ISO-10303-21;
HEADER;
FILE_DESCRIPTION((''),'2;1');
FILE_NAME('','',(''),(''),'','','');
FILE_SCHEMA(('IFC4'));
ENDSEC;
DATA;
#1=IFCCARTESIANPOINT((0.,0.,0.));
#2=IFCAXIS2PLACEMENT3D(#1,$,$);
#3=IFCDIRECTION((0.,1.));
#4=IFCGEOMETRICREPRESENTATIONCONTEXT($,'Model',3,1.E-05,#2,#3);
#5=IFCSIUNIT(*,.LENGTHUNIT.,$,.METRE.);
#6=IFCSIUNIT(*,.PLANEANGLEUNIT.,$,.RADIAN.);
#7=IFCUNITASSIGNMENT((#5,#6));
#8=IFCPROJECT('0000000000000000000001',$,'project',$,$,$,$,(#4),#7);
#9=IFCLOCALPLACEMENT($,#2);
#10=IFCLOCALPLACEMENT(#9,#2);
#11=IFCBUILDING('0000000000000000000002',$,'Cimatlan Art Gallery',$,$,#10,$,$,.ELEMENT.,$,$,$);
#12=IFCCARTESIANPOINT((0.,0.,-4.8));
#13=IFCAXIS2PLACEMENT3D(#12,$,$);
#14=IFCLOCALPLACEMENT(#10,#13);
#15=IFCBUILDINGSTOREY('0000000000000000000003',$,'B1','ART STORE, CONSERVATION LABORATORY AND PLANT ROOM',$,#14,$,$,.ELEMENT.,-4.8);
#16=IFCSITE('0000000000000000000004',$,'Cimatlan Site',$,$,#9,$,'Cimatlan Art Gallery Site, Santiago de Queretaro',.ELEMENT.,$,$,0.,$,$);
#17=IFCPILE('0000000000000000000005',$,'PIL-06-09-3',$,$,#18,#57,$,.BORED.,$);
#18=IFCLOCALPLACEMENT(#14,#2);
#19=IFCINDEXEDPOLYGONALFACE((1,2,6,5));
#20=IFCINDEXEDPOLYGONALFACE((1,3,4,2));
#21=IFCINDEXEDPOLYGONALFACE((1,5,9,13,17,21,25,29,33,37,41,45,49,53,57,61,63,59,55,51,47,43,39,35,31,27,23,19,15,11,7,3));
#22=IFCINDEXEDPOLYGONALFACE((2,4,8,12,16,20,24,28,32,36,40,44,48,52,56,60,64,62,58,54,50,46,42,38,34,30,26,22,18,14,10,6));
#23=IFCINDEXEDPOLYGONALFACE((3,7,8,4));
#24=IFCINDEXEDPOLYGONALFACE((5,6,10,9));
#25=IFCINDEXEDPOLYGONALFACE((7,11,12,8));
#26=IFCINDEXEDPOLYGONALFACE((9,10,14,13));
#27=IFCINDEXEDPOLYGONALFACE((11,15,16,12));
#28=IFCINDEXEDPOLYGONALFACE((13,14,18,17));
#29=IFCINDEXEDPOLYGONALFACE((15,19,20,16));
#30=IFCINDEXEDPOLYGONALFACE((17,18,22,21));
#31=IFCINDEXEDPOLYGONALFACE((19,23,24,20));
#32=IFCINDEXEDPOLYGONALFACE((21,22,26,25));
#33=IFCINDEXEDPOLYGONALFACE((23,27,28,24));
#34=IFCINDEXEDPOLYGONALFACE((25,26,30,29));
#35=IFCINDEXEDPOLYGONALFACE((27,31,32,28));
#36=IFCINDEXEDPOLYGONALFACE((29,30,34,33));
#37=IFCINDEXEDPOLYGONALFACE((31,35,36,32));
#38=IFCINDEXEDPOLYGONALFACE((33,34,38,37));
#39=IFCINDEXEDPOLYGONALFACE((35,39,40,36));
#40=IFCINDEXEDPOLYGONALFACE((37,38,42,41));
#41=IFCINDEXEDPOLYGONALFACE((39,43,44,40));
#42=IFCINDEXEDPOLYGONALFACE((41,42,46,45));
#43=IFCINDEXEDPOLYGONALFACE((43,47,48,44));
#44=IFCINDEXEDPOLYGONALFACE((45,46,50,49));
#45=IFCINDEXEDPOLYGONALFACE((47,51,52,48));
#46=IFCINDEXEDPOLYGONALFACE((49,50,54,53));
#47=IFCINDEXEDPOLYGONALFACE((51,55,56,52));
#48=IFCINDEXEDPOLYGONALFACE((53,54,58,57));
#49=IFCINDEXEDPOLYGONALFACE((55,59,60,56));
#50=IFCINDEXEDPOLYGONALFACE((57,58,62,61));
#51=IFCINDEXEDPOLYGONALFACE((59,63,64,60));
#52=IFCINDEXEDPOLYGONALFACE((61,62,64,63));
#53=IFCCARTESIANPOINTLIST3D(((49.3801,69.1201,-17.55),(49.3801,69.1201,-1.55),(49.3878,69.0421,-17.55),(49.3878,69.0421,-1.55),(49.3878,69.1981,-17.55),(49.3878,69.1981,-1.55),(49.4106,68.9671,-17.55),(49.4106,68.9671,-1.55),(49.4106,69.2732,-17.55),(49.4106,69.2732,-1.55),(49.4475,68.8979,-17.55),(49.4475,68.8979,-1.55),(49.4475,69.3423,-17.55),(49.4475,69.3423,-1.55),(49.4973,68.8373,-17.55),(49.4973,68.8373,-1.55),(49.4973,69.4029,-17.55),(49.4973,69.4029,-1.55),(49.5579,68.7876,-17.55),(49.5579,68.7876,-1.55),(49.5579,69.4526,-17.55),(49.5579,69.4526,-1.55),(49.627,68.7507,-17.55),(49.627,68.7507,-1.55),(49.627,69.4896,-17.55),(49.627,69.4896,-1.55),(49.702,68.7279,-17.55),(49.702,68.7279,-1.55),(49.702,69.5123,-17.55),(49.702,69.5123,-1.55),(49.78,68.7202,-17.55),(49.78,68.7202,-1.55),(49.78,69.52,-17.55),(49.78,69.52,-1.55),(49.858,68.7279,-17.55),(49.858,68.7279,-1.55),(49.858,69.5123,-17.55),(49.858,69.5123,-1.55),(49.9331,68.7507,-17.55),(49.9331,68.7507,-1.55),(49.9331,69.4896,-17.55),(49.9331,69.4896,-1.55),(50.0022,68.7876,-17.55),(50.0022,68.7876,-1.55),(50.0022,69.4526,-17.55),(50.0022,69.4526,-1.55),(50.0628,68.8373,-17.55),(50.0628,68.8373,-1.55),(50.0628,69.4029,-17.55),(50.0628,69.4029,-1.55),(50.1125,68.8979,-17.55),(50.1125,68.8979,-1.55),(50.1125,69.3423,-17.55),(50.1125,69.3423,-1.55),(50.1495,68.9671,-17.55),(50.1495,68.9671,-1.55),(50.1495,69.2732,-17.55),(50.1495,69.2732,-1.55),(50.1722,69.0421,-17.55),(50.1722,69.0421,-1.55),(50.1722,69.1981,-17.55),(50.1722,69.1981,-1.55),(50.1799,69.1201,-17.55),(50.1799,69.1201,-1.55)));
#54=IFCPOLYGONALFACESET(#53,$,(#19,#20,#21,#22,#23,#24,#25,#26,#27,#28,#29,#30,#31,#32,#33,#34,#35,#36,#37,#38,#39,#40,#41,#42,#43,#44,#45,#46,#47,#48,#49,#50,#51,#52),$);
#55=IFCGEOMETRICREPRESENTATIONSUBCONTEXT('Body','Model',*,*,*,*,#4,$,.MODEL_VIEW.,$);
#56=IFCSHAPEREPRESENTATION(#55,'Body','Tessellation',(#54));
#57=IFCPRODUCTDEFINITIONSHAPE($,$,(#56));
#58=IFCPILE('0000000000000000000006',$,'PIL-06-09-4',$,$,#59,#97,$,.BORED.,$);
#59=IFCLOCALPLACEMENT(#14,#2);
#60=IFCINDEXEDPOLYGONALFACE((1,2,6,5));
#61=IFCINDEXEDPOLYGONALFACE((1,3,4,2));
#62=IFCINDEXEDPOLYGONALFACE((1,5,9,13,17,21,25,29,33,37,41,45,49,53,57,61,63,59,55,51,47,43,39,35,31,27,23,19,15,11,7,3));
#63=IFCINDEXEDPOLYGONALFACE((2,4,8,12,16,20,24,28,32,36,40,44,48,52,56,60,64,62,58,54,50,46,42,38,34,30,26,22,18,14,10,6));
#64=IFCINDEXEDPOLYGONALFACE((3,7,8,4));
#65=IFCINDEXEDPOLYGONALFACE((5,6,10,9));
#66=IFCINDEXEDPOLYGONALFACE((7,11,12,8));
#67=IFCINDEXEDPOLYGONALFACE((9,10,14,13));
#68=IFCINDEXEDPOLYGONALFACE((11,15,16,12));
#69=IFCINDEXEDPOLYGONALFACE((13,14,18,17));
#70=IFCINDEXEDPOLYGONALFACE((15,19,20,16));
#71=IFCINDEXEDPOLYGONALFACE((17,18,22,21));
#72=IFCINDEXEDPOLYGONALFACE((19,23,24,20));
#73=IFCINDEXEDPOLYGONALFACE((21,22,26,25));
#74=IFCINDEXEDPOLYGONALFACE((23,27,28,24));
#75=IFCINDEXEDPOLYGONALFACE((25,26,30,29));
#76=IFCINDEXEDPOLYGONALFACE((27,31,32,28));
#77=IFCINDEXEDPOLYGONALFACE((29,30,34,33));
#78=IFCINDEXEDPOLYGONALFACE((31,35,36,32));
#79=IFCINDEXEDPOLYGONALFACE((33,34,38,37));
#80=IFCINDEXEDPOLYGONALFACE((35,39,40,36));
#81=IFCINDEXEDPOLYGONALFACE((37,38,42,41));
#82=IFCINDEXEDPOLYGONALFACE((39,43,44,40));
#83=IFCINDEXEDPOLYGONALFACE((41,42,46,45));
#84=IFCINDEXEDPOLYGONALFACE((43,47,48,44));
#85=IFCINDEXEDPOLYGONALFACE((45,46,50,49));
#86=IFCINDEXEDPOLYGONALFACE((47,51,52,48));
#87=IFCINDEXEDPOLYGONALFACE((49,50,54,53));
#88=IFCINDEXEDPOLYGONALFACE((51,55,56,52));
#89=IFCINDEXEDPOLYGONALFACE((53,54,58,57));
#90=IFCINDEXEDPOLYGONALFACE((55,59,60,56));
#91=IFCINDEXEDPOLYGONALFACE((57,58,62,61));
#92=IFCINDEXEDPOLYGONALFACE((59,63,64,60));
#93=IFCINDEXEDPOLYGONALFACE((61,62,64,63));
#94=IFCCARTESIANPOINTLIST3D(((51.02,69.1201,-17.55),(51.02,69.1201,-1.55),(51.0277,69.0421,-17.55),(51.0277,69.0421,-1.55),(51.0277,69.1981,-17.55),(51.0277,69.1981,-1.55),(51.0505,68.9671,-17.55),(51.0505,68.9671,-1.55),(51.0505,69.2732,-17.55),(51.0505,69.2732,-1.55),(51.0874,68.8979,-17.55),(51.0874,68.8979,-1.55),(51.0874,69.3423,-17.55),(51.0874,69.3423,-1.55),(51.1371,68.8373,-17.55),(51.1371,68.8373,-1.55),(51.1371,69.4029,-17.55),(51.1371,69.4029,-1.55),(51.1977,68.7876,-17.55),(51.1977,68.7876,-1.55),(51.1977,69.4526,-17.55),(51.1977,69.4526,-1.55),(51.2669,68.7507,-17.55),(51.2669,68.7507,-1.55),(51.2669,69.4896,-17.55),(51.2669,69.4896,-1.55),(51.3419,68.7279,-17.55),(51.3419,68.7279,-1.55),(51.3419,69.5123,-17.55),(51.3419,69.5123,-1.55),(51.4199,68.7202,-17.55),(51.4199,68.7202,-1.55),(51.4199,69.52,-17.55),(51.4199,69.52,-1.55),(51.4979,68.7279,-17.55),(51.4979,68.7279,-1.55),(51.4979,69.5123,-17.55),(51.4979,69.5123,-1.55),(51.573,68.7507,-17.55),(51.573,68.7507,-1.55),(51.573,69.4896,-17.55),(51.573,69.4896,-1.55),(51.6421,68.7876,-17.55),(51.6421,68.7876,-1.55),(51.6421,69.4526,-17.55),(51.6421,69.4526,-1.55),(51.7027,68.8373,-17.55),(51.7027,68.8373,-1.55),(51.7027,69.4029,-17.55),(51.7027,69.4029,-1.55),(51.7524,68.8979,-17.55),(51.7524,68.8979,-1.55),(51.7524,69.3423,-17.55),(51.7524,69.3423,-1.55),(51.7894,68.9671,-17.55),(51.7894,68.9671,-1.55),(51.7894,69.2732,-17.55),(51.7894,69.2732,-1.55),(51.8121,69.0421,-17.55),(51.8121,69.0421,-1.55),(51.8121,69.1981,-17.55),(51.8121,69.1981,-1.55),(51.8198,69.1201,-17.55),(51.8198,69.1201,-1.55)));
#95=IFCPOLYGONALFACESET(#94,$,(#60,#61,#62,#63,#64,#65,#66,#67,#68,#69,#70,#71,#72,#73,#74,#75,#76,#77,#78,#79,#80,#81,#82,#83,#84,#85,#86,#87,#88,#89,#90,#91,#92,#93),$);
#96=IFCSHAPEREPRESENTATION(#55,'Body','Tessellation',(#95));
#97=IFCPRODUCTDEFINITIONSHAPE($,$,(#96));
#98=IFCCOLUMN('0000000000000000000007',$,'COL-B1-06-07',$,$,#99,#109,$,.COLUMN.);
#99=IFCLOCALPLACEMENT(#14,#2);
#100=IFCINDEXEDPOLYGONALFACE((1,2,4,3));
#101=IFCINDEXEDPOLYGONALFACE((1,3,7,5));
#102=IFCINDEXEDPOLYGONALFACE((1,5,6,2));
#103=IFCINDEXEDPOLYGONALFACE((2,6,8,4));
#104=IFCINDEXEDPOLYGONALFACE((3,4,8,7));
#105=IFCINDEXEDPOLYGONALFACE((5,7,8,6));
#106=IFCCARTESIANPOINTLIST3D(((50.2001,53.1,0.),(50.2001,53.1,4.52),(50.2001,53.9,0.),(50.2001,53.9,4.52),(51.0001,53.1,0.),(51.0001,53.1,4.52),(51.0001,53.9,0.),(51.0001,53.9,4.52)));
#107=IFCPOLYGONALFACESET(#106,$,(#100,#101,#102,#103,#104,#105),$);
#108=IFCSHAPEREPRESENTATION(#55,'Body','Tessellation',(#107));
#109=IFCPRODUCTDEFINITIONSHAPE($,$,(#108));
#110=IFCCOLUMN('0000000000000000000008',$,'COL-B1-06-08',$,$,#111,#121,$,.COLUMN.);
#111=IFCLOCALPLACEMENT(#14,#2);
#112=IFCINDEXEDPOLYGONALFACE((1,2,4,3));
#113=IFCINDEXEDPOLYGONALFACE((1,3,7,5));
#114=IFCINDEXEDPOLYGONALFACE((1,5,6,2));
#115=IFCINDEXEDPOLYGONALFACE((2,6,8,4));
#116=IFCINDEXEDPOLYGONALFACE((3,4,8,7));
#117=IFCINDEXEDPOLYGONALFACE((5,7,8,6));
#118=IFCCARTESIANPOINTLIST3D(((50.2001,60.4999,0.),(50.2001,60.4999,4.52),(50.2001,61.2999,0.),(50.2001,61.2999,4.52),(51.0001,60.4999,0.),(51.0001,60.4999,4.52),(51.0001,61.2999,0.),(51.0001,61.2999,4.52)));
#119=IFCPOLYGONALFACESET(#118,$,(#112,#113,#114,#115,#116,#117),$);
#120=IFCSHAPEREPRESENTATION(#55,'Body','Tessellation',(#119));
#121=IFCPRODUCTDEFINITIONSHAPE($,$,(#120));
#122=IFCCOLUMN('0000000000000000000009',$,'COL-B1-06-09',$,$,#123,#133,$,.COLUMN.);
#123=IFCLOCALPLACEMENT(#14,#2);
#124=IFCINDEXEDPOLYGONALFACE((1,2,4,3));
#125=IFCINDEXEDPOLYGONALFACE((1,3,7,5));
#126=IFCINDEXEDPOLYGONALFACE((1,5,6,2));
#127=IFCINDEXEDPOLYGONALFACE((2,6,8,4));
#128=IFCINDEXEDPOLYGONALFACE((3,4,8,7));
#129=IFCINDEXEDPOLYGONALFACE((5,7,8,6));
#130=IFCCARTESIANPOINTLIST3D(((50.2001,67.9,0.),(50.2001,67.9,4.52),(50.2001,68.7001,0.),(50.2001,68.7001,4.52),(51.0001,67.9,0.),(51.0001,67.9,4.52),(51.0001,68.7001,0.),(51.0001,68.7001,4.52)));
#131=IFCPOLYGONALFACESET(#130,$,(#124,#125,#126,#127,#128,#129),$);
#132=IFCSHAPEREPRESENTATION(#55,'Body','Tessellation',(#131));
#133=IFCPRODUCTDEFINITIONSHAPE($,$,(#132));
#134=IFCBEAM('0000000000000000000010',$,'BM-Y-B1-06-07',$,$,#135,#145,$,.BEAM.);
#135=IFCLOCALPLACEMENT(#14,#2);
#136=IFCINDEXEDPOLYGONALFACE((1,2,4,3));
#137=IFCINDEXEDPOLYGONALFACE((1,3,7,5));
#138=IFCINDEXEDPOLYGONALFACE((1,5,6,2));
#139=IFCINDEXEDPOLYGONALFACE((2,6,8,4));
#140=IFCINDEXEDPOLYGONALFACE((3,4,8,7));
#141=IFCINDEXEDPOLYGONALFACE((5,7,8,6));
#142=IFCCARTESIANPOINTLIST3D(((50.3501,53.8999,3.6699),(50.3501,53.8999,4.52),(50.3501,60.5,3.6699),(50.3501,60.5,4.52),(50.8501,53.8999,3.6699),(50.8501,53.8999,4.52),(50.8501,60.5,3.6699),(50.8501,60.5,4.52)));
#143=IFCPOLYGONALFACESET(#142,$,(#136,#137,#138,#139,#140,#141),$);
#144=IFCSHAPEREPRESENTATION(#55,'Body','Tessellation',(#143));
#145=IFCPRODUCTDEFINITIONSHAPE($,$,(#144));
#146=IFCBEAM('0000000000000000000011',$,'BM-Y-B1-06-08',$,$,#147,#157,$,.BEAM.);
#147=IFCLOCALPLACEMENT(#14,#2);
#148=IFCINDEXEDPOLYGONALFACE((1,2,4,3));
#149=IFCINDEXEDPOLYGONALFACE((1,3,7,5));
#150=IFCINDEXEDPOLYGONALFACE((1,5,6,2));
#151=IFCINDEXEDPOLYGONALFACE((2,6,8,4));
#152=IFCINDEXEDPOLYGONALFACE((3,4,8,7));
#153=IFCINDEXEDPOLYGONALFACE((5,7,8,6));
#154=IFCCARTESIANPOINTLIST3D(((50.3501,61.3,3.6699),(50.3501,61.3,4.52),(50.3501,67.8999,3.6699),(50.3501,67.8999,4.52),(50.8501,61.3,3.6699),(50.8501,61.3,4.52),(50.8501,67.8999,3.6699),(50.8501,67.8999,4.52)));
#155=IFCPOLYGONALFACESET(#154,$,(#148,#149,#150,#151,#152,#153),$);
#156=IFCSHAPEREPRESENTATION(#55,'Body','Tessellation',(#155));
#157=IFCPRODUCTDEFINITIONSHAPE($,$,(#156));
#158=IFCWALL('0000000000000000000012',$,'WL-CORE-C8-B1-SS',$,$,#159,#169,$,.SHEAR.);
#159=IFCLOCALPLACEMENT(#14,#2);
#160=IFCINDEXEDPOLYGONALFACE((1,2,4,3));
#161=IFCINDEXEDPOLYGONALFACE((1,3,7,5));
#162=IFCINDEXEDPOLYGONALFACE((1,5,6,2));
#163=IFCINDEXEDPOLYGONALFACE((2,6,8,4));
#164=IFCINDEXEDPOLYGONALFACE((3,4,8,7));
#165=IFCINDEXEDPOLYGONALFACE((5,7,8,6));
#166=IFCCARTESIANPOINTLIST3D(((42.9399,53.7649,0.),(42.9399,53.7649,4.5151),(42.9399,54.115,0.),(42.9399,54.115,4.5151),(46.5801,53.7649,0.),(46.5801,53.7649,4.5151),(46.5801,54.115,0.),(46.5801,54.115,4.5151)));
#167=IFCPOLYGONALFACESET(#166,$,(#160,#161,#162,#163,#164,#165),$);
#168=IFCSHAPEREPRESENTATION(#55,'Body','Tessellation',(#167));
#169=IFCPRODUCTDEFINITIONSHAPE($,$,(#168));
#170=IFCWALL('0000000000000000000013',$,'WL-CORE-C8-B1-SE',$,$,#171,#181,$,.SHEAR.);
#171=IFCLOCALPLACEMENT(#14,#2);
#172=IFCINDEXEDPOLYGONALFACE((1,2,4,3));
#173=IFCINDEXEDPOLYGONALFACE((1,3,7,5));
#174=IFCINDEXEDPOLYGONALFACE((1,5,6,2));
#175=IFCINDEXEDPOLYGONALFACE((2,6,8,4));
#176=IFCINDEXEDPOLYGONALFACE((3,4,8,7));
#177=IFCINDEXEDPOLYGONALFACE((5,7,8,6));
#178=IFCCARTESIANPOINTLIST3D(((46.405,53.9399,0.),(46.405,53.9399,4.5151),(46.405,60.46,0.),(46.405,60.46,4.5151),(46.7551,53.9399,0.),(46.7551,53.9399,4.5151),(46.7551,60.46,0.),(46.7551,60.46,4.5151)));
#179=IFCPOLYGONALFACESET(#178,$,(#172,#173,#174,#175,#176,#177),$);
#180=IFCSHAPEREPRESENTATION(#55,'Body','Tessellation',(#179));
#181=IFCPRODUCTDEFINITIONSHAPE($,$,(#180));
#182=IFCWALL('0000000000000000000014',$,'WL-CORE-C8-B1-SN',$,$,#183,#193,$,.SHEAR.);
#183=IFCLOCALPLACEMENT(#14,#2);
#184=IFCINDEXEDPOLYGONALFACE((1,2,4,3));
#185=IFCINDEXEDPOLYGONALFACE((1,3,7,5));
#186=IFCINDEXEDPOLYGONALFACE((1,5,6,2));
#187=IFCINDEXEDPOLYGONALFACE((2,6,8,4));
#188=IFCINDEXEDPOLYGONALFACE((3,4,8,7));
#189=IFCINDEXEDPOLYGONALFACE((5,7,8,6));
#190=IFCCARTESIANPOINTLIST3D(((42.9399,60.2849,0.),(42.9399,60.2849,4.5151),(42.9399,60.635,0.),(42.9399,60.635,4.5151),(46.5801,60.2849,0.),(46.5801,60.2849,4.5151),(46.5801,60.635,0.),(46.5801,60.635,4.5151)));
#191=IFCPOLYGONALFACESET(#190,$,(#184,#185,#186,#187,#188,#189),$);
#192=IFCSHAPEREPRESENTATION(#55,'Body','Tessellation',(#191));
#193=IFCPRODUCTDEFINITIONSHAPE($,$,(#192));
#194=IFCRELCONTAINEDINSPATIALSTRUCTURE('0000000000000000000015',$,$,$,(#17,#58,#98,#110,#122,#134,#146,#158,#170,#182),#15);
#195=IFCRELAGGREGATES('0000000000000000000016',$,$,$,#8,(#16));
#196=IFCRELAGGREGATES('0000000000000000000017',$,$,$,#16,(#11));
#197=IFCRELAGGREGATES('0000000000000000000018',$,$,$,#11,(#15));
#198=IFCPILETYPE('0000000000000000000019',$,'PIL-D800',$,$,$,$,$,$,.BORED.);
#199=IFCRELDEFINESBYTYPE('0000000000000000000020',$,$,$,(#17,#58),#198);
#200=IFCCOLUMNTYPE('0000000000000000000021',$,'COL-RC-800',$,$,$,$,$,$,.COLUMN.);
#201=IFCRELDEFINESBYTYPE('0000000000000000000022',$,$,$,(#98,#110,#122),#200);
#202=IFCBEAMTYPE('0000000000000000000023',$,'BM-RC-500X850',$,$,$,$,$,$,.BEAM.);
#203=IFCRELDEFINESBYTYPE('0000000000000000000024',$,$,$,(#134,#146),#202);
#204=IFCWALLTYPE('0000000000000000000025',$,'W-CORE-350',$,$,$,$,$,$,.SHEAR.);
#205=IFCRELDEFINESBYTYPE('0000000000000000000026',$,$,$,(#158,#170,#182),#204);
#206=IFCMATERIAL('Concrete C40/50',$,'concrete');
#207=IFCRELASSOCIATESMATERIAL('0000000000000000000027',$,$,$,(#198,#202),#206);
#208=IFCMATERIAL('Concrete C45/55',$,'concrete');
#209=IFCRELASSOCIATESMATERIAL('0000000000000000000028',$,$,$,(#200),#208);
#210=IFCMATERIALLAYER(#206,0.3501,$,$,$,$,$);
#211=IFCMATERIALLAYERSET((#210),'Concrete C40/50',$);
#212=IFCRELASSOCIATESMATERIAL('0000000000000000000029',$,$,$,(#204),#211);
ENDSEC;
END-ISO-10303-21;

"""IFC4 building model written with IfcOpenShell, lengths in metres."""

from ifc_helpers import new_model, si_unit, direction, frame, frame_2d, origin, origin_2d, place, context, subcontext, project, spatial, rectangle, circle, extrude, material, layer, layer_set, material_profile, profile_set, type_object, element, save


model = new_model("IFC4")

# Units and contexts
model_context = context("Model", 3, precision=1e-05, world=origin(), true_north=direction((0.0, 1.0)))
body_context = subcontext(model_context, "Body", "Model", "MODEL_VIEW")
ifc_project = project(units=[si_unit("LENGTHUNIT", "METRE"), si_unit("PLANEANGLEUNIT", "RADIAN")], contexts=[model_context])

# Site, building, storey
site_placement = place(None, origin())
site = spatial("IfcSite", under=ifc_project, at=site_placement, Name="Cimatlan Site", LongName="Cimatlan Art Gallery Site, Santiago de Queretaro", CompositionType="ELEMENT", RefElevation=0.0)
building_placement = place(site_placement, origin())
building = spatial("IfcBuilding", under=site, at=building_placement, Name="Cimatlan Art Gallery", CompositionType="ELEMENT")
storey_placement = place(building_placement, frame((0.0, 0.0, -4.8)))
storey = spatial("IfcBuildingStorey", under=building, at=storey_placement, Name="B1", Description="ART STORE, CONSERVATION LABORATORY AND PLANT ROOM", CompositionType="ELEMENT", Elevation=-4.8)

# Shared definitions
ifc_material_1 = material(Name="Concrete C40/50", Category="concrete")

# Piles
pile_type = type_object("IfcPileType", Name="PIL-D800", PredefinedType="BORED", material=ifc_material_1)
for number, where, z_axis, x_axis, name in (
    (1, (49.78, 69.1201, -1.55), (0.0, 0.0, -1.0), (1.0, 0.0, 0.0), "PIL-06-09-3"),
    (2, (51.4199, 69.1201, -1.55), (0.0, 0.0, -1.0), (1.0, 0.0, 0.0), "PIL-06-09-4"),
):
    element("IfcPile", number, at=place(storey_placement, frame(where, z_axis=z_axis, x_axis=x_axis)), inside=storey, type_object=pile_type, Name=name, PredefinedType="BORED", context=body_context, shape_type="SweptSolid", body=[
        extrude(circle(Radius=0.3999, at=origin_2d()), origin(), (0.0, 0.0, 1.0), 16.0),
    ])

# Columns
ifc_material_2 = material(Name="Concrete C45/55", Category="concrete")
ifc_material_profile_1 = material_profile(ifc_material_2, rectangle(XDim=0.8, YDim=0.8, at=origin_2d()), Name="RC800X800")
ifc_profile_set_1 = profile_set([ifc_material_profile_1], Name="Concrete C45/55")
column_type = type_object("IfcColumnType", Name="COL-RC-800", PredefinedType="COLUMN", material=ifc_profile_set_1)
for number, where, z_axis, x_axis, name in (
    (3, (50.6001, 53.5, 0.0), (0.0, 0.0, 1.0), (1.0, 0.0, 0.0), "COL-B1-06-07"),
    (4, (50.6001, 60.8999, 0.0), (0.0, 0.0, 1.0), (1.0, 0.0, 0.0), "COL-B1-06-08"),
    (5, (50.6001, 68.3, 0.0), (0.0, 0.0, 1.0), (1.0, 0.0, 0.0), "COL-B1-06-09"),
):
    element("IfcColumn", number, at=place(storey_placement, frame(where, z_axis=z_axis, x_axis=x_axis)), inside=storey, type_object=column_type, Name=name, PredefinedType="COLUMN", context=body_context, shape_type="SweptSolid", body=[
        extrude(rectangle(XDim=0.8, YDim=0.8, at=origin_2d()), origin(), (0.0, 0.0, 1.0), 4.52),
    ])

# Beams
ifc_material_profile_2 = material_profile(ifc_material_1, rectangle(XDim=0.5, YDim=0.8501, at=origin_2d()), Name="RC500X850")
ifc_profile_set_2 = profile_set([ifc_material_profile_2], Name="Concrete C40/50")
beam_type = type_object("IfcBeamType", Name="BM-RC-500X850", PredefinedType="BEAM", material=ifc_profile_set_2)
beam_1_placement = place(storey_placement, frame((50.6001, 53.8999, 4.095), z_axis=(0.0, 1.0, 0.0), x_axis=(-1.0, 0.0, 0.0)))
element("IfcBeam", 6, at=beam_1_placement, inside=storey, type_object=beam_type, Name="BM-Y-B1-06-07", PredefinedType="BEAM", context=body_context, shape_type="SweptSolid", body=[
    extrude(rectangle(XDim=0.5, YDim=0.8501, at=origin_2d()), origin(), (0.0, 0.0, 1.0), 6.6001),
])
beam_2_placement = place(storey_placement, frame((50.6001, 61.3, 4.095), z_axis=(0.0, 1.0, 0.0), x_axis=(-1.0, 0.0, 0.0)))
element("IfcBeam", 7, at=beam_2_placement, inside=storey, type_object=beam_type, Name="BM-Y-B1-06-08", PredefinedType="BEAM", context=body_context, shape_type="SweptSolid", body=[
    extrude(rectangle(XDim=0.5, YDim=0.8501, at=origin_2d()), origin(), (0.0, 0.0, 1.0), 6.5999),
])

# Walls
ifc_layer_1 = layer(ifc_material_1, 0.3501)
ifc_layer_set_1 = layer_set([ifc_layer_1], Name="Concrete C40/50")
wall_type_1 = type_object("IfcWallType", Name="W-CORE-350", PredefinedType="SHEAR", material=ifc_layer_set_1)
wall_1_placement = place(storey_placement, frame((42.9399, 53.9399, 0.0), z_axis=(0.0, 0.0, 1.0), x_axis=(1.0, 0.0, 0.0)))
element("IfcWall", 8, at=wall_1_placement, inside=storey, type_object=wall_type_1, Name="WL-CORE-C8-B1-SS", PredefinedType="SHEAR", context=body_context, shape_type="SweptSolid", body=[
    extrude(rectangle(XDim=3.6401, YDim=0.3501, at=frame_2d((1.8201, 0.0))), origin(), (0.0, 0.0, 1.0), 4.5151),
])
wall_2_placement = place(storey_placement, frame((46.5801, 53.9399, 0.0), z_axis=(0.0, 0.0, 1.0), x_axis=(0.0, 1.0, 0.0)))
element("IfcWall", 9, at=wall_2_placement, inside=storey, type_object=wall_type_1, Name="WL-CORE-C8-B1-SE", PredefinedType="SHEAR", context=body_context, shape_type="SweptSolid", body=[
    extrude(rectangle(XDim=6.52, YDim=0.3501, at=frame_2d((3.26, 0.0))), origin(), (0.0, 0.0, 1.0), 4.5151),
])
wall_3_placement = place(storey_placement, frame((42.9399, 60.46, 0.0), z_axis=(0.0, 0.0, 1.0), x_axis=(1.0, 0.0, 0.0)))
element("IfcWall", 10, at=wall_3_placement, inside=storey, type_object=wall_type_1, Name="WL-CORE-C8-B1-SN", PredefinedType="SHEAR", context=body_context, shape_type="SweptSolid", body=[
    extrude(rectangle(XDim=3.6401, YDim=0.3501, at=frame_2d((1.8201, 0.0))), origin(), (0.0, 0.0, 1.0), 4.5151),
])

save(model, "model.ifc")
